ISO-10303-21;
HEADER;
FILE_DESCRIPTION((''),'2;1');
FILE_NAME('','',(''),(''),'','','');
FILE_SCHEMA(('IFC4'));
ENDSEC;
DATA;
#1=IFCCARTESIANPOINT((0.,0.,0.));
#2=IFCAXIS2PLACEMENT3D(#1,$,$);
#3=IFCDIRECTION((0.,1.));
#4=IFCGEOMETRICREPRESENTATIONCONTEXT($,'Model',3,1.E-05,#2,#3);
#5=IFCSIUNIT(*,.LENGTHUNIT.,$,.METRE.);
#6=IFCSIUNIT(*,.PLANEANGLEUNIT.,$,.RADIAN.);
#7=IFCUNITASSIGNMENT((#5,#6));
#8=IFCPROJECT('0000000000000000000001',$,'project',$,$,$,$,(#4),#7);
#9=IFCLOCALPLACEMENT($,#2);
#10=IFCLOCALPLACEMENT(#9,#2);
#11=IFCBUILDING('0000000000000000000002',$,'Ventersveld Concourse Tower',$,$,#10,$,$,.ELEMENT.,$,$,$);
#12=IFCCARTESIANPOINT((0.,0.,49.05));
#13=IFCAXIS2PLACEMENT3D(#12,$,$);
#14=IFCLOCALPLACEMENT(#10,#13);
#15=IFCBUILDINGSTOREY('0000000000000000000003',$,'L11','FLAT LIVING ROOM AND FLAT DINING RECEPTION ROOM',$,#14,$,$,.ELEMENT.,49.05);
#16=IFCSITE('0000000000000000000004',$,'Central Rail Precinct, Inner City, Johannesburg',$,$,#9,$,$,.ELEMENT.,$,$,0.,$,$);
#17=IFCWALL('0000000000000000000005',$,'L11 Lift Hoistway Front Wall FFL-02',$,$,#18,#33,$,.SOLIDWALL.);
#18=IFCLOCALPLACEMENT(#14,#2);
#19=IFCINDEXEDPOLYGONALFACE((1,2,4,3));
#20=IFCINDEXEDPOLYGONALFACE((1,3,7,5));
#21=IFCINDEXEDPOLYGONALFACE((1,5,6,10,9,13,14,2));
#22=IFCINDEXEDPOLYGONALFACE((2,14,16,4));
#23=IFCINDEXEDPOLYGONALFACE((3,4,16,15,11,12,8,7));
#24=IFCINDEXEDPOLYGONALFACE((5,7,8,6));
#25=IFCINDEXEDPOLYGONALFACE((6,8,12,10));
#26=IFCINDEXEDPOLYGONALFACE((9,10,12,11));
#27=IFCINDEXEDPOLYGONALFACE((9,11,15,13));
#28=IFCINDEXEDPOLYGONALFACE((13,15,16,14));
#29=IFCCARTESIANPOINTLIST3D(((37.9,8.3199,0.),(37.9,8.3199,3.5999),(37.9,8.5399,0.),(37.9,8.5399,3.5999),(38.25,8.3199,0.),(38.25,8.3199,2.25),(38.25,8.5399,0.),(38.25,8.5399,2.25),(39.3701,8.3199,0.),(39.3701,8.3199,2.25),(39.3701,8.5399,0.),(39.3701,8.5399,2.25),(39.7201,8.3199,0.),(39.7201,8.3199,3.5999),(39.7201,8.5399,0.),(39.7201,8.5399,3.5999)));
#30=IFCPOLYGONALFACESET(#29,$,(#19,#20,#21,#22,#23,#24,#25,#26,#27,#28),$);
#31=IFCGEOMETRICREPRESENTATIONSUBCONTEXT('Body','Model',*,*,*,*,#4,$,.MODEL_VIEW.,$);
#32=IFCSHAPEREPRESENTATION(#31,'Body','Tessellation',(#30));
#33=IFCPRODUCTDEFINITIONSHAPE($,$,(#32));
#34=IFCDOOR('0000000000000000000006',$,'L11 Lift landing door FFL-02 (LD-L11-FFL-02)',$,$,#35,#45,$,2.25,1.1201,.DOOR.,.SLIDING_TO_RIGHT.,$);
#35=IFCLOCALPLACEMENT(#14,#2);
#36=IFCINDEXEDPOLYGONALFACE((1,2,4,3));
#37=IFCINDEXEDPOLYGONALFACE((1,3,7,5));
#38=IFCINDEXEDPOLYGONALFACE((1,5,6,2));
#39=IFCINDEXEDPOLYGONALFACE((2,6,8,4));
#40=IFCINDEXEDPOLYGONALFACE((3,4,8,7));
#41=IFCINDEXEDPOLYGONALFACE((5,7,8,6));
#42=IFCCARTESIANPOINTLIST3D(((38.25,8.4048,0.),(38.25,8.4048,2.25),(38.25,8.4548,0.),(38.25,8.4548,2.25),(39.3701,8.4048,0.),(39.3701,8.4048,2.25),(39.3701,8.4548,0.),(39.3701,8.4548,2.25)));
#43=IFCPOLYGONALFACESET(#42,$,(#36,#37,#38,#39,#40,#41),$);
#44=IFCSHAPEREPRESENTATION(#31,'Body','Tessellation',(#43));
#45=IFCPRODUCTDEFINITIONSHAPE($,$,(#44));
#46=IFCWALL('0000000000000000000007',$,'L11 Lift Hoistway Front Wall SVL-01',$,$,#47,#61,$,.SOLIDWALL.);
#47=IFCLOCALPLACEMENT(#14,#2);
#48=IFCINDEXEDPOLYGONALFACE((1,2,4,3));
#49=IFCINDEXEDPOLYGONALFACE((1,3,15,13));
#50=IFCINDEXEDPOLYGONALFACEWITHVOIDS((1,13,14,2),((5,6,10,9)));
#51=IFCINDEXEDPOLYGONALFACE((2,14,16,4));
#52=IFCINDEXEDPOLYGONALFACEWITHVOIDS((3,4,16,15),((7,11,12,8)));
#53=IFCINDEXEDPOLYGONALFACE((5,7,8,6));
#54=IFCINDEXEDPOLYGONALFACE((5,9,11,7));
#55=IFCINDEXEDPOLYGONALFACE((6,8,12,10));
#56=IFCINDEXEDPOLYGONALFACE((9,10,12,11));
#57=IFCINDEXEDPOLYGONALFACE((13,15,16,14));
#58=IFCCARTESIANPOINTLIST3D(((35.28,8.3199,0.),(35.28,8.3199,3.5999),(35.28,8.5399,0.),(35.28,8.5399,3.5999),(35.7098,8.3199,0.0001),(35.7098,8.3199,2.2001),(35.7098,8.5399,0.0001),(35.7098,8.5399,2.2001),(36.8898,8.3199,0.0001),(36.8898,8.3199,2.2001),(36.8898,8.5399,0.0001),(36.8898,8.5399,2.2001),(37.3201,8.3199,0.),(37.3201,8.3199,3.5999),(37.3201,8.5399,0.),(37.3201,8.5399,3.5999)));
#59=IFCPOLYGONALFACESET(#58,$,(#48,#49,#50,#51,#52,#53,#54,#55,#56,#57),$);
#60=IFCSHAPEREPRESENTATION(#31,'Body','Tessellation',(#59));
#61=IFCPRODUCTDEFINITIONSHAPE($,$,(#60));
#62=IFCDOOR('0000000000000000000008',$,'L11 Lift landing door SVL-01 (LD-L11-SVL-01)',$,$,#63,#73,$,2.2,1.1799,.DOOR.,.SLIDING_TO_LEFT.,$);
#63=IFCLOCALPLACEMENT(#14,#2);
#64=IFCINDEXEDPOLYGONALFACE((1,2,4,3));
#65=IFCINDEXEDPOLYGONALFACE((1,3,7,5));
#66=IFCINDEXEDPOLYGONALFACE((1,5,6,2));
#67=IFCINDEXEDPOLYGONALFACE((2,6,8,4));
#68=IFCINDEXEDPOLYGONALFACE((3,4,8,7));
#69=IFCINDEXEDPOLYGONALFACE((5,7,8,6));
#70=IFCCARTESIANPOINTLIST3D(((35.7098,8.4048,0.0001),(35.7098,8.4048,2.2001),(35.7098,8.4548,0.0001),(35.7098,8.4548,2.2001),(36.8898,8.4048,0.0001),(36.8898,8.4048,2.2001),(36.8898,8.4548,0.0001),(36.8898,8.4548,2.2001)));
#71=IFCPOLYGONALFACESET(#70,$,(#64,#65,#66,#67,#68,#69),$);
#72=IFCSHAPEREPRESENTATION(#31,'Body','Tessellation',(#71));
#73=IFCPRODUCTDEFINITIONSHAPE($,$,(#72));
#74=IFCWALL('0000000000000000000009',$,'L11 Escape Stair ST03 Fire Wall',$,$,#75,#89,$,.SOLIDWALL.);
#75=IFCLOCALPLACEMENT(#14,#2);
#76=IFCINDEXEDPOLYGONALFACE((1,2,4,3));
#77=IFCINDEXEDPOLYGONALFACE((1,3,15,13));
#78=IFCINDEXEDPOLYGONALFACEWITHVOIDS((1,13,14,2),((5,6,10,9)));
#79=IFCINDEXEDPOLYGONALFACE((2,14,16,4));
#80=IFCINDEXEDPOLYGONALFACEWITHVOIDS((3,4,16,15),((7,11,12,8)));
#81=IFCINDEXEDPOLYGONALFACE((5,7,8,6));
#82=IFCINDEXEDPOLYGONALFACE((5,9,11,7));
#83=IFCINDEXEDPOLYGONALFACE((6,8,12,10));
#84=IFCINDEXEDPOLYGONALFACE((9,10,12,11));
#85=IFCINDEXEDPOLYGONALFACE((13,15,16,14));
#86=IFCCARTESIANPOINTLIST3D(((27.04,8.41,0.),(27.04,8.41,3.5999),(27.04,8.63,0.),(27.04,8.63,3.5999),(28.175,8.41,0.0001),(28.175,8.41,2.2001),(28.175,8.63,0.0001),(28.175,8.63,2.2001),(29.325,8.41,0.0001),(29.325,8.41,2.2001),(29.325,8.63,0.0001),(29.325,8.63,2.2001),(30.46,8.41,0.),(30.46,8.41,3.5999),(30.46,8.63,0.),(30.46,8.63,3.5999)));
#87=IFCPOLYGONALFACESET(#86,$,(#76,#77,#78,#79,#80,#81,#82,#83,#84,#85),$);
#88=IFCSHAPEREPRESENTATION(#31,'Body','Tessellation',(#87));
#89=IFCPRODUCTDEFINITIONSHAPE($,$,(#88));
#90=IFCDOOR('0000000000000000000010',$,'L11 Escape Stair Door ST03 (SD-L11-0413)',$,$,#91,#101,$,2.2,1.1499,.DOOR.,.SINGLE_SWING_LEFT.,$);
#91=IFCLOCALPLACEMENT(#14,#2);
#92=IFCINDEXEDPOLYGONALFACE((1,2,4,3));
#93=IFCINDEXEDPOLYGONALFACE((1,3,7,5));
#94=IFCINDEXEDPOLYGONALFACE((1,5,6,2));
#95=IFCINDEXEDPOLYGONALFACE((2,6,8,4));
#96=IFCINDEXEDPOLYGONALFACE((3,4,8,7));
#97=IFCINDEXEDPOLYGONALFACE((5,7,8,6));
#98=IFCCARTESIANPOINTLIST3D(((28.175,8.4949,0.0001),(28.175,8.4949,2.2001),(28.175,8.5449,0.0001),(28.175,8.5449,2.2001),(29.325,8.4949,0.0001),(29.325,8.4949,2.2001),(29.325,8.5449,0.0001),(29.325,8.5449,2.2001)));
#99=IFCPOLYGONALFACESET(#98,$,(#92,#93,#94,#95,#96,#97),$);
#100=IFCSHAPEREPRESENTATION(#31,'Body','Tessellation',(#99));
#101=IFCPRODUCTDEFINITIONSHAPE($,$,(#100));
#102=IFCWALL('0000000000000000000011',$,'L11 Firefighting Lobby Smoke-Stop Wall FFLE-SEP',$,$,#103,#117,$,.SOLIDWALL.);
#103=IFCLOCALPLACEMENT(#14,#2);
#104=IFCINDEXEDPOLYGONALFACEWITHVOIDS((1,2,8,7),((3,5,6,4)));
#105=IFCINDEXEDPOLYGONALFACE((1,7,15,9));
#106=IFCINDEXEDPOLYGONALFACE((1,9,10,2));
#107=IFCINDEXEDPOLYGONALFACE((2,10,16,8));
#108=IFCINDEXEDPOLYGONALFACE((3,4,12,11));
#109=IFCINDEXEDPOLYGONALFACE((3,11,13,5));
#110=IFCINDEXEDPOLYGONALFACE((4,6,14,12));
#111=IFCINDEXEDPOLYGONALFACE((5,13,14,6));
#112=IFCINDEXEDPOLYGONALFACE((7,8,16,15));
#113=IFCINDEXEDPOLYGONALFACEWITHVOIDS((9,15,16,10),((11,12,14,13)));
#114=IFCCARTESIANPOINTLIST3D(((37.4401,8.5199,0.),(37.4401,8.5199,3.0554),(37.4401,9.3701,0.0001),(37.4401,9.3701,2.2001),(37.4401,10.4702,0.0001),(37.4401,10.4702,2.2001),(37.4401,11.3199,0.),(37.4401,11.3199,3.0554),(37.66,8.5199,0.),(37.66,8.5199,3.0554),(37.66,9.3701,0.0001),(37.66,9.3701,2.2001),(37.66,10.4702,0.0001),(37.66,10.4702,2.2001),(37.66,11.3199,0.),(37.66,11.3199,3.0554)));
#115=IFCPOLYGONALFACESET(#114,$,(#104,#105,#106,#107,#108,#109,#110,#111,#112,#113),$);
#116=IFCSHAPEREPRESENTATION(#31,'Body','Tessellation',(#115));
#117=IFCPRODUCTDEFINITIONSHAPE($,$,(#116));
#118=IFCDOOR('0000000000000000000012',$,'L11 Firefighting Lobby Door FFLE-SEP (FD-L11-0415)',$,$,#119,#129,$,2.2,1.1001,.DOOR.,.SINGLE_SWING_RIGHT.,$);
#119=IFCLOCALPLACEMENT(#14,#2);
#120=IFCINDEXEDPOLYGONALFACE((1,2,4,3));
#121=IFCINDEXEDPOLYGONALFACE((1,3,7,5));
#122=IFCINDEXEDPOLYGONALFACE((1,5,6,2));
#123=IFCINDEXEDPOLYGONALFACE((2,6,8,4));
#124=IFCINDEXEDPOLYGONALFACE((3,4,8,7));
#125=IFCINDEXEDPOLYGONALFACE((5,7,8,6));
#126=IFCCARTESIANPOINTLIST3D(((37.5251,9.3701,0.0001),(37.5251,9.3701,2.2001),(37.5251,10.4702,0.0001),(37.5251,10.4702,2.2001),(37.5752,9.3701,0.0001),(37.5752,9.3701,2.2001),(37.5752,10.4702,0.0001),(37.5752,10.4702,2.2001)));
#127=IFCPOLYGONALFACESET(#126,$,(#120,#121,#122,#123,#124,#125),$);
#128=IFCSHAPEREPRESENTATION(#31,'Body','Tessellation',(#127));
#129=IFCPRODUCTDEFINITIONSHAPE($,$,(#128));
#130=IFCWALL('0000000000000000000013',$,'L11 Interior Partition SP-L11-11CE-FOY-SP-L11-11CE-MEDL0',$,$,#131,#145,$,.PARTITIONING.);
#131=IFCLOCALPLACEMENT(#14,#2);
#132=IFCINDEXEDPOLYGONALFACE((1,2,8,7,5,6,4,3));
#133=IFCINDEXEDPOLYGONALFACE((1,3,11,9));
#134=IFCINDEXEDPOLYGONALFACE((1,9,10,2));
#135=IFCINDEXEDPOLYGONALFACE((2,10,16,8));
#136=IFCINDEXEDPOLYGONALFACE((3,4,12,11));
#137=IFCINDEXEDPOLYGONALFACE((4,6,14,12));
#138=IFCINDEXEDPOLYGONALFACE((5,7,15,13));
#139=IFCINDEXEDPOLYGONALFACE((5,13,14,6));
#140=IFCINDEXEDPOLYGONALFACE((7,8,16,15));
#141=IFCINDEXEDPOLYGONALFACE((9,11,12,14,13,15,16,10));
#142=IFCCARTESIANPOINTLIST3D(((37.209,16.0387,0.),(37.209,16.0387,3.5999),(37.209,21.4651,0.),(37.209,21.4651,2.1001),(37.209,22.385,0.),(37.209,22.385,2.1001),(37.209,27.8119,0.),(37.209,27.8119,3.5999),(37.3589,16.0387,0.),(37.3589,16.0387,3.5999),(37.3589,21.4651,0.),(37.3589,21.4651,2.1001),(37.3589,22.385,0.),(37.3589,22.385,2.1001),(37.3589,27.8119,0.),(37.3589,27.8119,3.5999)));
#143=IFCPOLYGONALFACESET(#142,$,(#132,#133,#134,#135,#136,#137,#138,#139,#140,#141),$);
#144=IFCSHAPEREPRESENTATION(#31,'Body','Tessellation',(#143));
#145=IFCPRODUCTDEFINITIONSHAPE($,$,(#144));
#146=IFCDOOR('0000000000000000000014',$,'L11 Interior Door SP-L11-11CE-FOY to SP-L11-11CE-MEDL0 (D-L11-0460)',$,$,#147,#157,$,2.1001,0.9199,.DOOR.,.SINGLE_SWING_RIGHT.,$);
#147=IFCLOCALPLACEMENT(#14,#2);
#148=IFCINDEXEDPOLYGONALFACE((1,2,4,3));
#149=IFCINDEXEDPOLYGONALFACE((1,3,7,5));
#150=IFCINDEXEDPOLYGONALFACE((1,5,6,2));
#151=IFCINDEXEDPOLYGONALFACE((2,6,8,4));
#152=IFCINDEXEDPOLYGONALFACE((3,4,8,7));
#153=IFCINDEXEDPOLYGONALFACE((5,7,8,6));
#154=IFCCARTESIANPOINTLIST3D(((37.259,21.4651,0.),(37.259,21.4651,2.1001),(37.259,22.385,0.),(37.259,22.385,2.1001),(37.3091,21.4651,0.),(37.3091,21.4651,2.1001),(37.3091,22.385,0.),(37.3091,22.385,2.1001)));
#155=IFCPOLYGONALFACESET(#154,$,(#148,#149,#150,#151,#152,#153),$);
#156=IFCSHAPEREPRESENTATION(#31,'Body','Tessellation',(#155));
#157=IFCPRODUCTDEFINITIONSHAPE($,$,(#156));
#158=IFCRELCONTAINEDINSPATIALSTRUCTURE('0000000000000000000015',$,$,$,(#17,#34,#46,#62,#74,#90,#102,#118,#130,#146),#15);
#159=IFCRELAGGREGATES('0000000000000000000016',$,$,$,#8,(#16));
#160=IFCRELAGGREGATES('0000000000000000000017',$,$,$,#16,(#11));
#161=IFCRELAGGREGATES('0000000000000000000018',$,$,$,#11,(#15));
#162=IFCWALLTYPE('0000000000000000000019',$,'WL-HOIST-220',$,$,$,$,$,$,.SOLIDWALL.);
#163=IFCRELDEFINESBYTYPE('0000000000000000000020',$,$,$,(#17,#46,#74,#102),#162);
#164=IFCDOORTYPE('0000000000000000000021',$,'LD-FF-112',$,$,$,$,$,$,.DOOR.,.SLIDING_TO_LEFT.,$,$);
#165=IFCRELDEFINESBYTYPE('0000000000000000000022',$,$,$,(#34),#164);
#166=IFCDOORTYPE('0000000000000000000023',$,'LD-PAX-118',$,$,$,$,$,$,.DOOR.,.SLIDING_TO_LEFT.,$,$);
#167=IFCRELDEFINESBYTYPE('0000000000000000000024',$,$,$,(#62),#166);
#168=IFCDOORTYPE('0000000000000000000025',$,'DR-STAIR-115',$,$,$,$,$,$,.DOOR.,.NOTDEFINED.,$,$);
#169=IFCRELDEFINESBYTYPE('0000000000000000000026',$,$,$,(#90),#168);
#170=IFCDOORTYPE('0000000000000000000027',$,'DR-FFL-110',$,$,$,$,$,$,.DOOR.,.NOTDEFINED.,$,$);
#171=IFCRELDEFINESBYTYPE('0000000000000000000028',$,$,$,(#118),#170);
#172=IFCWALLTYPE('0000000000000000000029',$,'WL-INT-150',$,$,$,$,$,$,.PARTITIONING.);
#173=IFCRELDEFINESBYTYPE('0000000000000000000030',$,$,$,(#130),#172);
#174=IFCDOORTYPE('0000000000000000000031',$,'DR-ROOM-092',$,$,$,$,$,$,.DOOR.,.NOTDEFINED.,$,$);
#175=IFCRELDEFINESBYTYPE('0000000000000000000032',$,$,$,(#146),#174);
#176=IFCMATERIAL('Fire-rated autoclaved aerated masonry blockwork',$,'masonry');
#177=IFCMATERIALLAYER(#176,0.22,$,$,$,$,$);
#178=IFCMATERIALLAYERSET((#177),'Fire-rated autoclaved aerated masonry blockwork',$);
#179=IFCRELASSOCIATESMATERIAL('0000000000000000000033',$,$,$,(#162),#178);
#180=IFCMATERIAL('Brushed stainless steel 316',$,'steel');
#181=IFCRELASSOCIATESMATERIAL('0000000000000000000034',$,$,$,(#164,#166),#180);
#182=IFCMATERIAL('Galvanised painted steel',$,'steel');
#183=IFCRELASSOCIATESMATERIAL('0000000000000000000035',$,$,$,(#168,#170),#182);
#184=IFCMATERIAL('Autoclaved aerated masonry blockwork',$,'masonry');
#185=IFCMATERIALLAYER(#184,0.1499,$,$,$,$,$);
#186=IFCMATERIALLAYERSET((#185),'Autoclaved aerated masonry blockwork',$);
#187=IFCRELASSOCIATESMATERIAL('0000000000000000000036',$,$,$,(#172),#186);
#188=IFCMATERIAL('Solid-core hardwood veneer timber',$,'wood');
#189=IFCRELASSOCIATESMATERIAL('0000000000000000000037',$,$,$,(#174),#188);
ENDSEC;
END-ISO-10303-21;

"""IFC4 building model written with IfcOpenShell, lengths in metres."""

from ifc_helpers import new_model, si_unit, direction, frame, frame_2d, origin, place, context, subcontext, project, spatial, rectangle, extrude, material, layer, layer_set, type_object, element, fill, save


model = new_model("IFC4")

# Units and contexts
model_context = context("Model", 3, precision=1e-05, world=origin(), true_north=direction((0.0, 1.0)))
body_context = subcontext(model_context, "Body", "Model", "MODEL_VIEW")
ifc_project = project(units=[si_unit("LENGTHUNIT", "METRE"), si_unit("PLANEANGLEUNIT", "RADIAN")], contexts=[model_context])

# Site, building, storey
site_placement = place(None, origin())
site = spatial("IfcSite", under=ifc_project, at=site_placement, Name="Central Rail Precinct, Inner City, Johannesburg", CompositionType="ELEMENT", RefElevation=0.0)
building_placement = place(site_placement, origin())
building = spatial("IfcBuilding", under=site, at=building_placement, Name="Ventersveld Concourse Tower", CompositionType="ELEMENT")
storey_placement = place(building_placement, frame((0.0, 0.0, 49.05)))
storey = spatial("IfcBuildingStorey", under=building, at=storey_placement, Name="L11", Description="FLAT LIVING ROOM AND FLAT DINING RECEPTION ROOM", CompositionType="ELEMENT", Elevation=49.05)

# Shared definitions
ifc_material_1 = material(Name="Fire-rated autoclaved aerated masonry blockwork", Category="masonry")
ifc_material_2 = material(Name="Solid-core hardwood veneer timber", Category="wood")

# Shared definitions
ifc_layer_1 = layer(ifc_material_1, 0.22)
ifc_layer_set_1 = layer_set([ifc_layer_1], Name="Fire-rated autoclaved aerated masonry blockwork")
wall_type_1 = type_object("IfcWallType", Name="WL-HOIST-220", PredefinedType="SOLIDWALL", material=ifc_layer_set_1)

# Walls, openings, doors
wall_1_placement = place(storey_placement, frame((37.8999, 8.4299, 0.0), z_axis=(0.0, 0.0, 1.0), x_axis=(1.0, 0.0, 0.0)))
wall_1 = element("IfcWall", 1, at=wall_1_placement, inside=storey, type_object=wall_type_1, Name="L11 Lift Hoistway Front Wall FFL-02", PredefinedType="SOLIDWALL", context=body_context, shape_type="SweptSolid", body=[
    extrude(rectangle(XDim=1.8201, YDim=0.22, at=frame_2d((0.9102, 0.0))), origin(), (0.0, 0.0, 1.0), 3.5999),
])
opening_1_placement = place(wall_1_placement, frame((0.3501, 0.0, 0.0)))
opening_1 = element("IfcOpeningElement", 2, at=opening_1_placement, cuts=wall_1, PredefinedType="OPENING", context=body_context, shape_type="SweptSolid", body=[
    extrude(rectangle(XDim=1.1201, YDim=2.25, at=frame_2d((0.5601, 1.125))), frame((0.0, 0.1201, 0.0), z_axis=(0.0, -1.0, 0.0), x_axis=(1.0, 0.0, 0.0)), (0.0, 0.0, 1.0), 0.24),
])
ifc_material_3 = material(Name="Brushed stainless steel 316", Category="steel")
door_type_1 = type_object("IfcDoorType", Name="LD-FF-112", OperationType="SLIDING_TO_LEFT", PredefinedType="DOOR", material=ifc_material_3)
door_1_placement = place(opening_1_placement, origin())
door_1 = element("IfcDoor", 3, at=door_1_placement, inside=storey, type_object=door_type_1, Name="L11 Lift landing door FFL-02 (LD-L11-FFL-02)", OperationType="SLIDING_TO_RIGHT", OverallHeight=2.25, OverallWidth=1.1201, PredefinedType="DOOR", context=body_context, shape_type="SweptSolid", body=[
    extrude(rectangle(XDim=1.1201, YDim=2.25, at=frame_2d((0.5601, 1.125))), frame((0.0, 0.0249, 0.0), z_axis=(0.0, -1.0, 0.0), x_axis=(1.0, 0.0, 0.0)), (0.0, 0.0, 1.0), 0.05),
])
fill(opening_1, door_1)
wall_2_placement = place(storey_placement, frame((35.28, 8.4299, 0.0), z_axis=(0.0, 0.0, 1.0), x_axis=(1.0, 0.0, 0.0)))
wall_2 = element("IfcWall", 4, at=wall_2_placement, inside=storey, type_object=wall_type_1, Name="L11 Lift Hoistway Front Wall SVL-01", PredefinedType="SOLIDWALL", context=body_context, shape_type="SweptSolid", body=[
    extrude(rectangle(XDim=2.04, YDim=0.22, at=frame_2d((1.02, 0.0))), origin(), (0.0, 0.0, 1.0), 3.5999),
])
opening_2_placement = place(wall_2_placement, frame((0.4299, 0.0, 0.0)))
opening_2 = element("IfcOpeningElement", 5, at=opening_2_placement, cuts=wall_2, PredefinedType="OPENING", context=body_context, shape_type="SweptSolid", body=[
    extrude(rectangle(XDim=1.1799, YDim=2.2, at=frame_2d((0.5898, 1.1001))), frame((0.0, 0.1201, 0.0), z_axis=(0.0, -1.0, 0.0), x_axis=(1.0, 0.0, 0.0)), (0.0, 0.0, 1.0), 0.24),
])
door_type_2 = type_object("IfcDoorType", Name="LD-PAX-118", OperationType="SLIDING_TO_LEFT", PredefinedType="DOOR", material=ifc_material_3)
door_2_placement = place(opening_2_placement, origin())
door_2 = element("IfcDoor", 6, at=door_2_placement, inside=storey, type_object=door_type_2, Name="L11 Lift landing door SVL-01 (LD-L11-SVL-01)", OperationType="SLIDING_TO_LEFT", OverallHeight=2.2, OverallWidth=1.1799, PredefinedType="DOOR", context=body_context, shape_type="SweptSolid", body=[
    extrude(rectangle(XDim=1.1799, YDim=2.2, at=frame_2d((0.5898, 1.1001))), frame((0.0, 0.0249, 0.0), z_axis=(0.0, -1.0, 0.0), x_axis=(1.0, 0.0, 0.0)), (0.0, 0.0, 1.0), 0.05),
])
fill(opening_2, door_2)
wall_3_placement = place(storey_placement, frame((27.04, 8.52, 0.0), z_axis=(0.0, 0.0, 1.0), x_axis=(1.0, 0.0, 0.0)))
wall_3 = element("IfcWall", 7, at=wall_3_placement, inside=storey, type_object=wall_type_1, Name="L11 Escape Stair ST03 Fire Wall", PredefinedType="SOLIDWALL", context=body_context, shape_type="SweptSolid", body=[
    extrude(rectangle(XDim=3.4199, YDim=0.22, at=frame_2d((1.71, 0.0))), origin(), (0.0, 0.0, 1.0), 3.5999),
])
opening_3_placement = place(wall_3_placement, frame((1.135, 0.0, 0.0)))
opening_3 = element("IfcOpeningElement", 8, at=opening_3_placement, cuts=wall_3, PredefinedType="OPENING", context=body_context, shape_type="SweptSolid", body=[
    extrude(rectangle(XDim=1.1499, YDim=2.2, at=frame_2d((0.575, 1.1001))), frame((0.0, 0.1201, 0.0), z_axis=(0.0, -1.0, 0.0), x_axis=(1.0, 0.0, 0.0)), (0.0, 0.0, 1.0), 0.24),
])
ifc_material_4 = material(Name="Galvanised painted steel", Category="steel")
door_type_3 = type_object("IfcDoorType", Name="DR-STAIR-115", OperationType="NOTDEFINED", PredefinedType="DOOR", material=ifc_material_4)
door_3_placement = place(opening_3_placement, origin())
door_3 = element("IfcDoor", 9, at=door_3_placement, inside=storey, type_object=door_type_3, Name="L11 Escape Stair Door ST03 (SD-L11-0413)", OperationType="SINGLE_SWING_LEFT", OverallHeight=2.2, OverallWidth=1.1499, PredefinedType="DOOR", context=body_context, shape_type="SweptSolid", body=[
    extrude(rectangle(XDim=1.1499, YDim=2.2, at=frame_2d((0.575, 1.1001))), frame((0.0, 0.0249, 0.0), z_axis=(0.0, -1.0, 0.0), x_axis=(1.0, 0.0, 0.0)), (0.0, 0.0, 1.0), 0.05),
])
fill(opening_3, door_3)
wall_4_placement = place(storey_placement, frame((37.55, 8.52, 0.0), z_axis=(0.0, 0.0, 1.0), x_axis=(0.0, 1.0, 0.0)))
wall_4 = element("IfcWall", 10, at=wall_4_placement, inside=storey, type_object=wall_type_1, Name="L11 Firefighting Lobby Smoke-Stop Wall FFLE-SEP", PredefinedType="SOLIDWALL", context=body_context, shape_type="SweptSolid", body=[
    extrude(rectangle(XDim=2.8, YDim=0.22, at=frame_2d((1.3999, 0.0))), origin(), (0.0, 0.0, 1.0), 3.0554),
])
opening_4_placement = place(wall_4_placement, frame((0.8501, 0.0, 0.0)))
opening_4 = element("IfcOpeningElement", 11, at=opening_4_placement, cuts=wall_4, PredefinedType="OPENING", context=body_context, shape_type="SweptSolid", body=[
    extrude(rectangle(XDim=1.1001, YDim=2.2, at=frame_2d((0.55, 1.1001))), frame((0.0, 0.1201, 0.0), z_axis=(0.0, -1.0, 0.0), x_axis=(1.0, 0.0, 0.0)), (0.0, 0.0, 1.0), 0.24),
])
door_type_4 = type_object("IfcDoorType", Name="DR-FFL-110", OperationType="NOTDEFINED", PredefinedType="DOOR", material=ifc_material_4)
door_4_placement = place(opening_4_placement, origin())
door_4 = element("IfcDoor", 12, at=door_4_placement, inside=storey, type_object=door_type_4, Name="L11 Firefighting Lobby Door FFLE-SEP (FD-L11-0415)", OperationType="SINGLE_SWING_RIGHT", OverallHeight=2.2, OverallWidth=1.1001, PredefinedType="DOOR", context=body_context, shape_type="SweptSolid", body=[
    extrude(rectangle(XDim=1.1001, YDim=2.2, at=frame_2d((0.55, 1.1001))), frame((0.0, 0.0249, 0.0), z_axis=(0.0, -1.0, 0.0), x_axis=(1.0, 0.0, 0.0)), (0.0, 0.0, 1.0), 0.05),
])
fill(opening_4, door_4)
ifc_material_5 = material(Name="Autoclaved aerated masonry blockwork", Category="masonry")
ifc_layer_2 = layer(ifc_material_5, 0.1499)
ifc_layer_set_2 = layer_set([ifc_layer_2], Name="Autoclaved aerated masonry blockwork")
wall_type_2 = type_object("IfcWallType", Name="WL-INT-150", PredefinedType="PARTITIONING", material=ifc_layer_set_2)
wall_5_placement = place(storey_placement, frame((37.2839, 16.0386, 0.0), z_axis=(0.0, 0.0, 1.0), x_axis=(0.0, 1.0, 0.0)))
wall_5 = element("IfcWall", 13, at=wall_5_placement, inside=storey, type_object=wall_type_2, Name="L11 Interior Partition SP-L11-11CE-FOY-SP-L11-11CE-MEDL0", PredefinedType="PARTITIONING", context=body_context, shape_type="SweptSolid", body=[
    extrude(rectangle(XDim=11.7732, YDim=0.1499, at=frame_2d((5.8867, 0.0))), origin(), (0.0, 0.0, 1.0), 3.5999),
])
opening_5_placement = place(wall_5_placement, frame((5.4265, 0.0, 0.0)))
opening_5 = element("IfcOpeningElement", 14, at=opening_5_placement, cuts=wall_5, PredefinedType="OPENING", context=body_context, shape_type="SweptSolid", body=[
    extrude(rectangle(XDim=0.9199, YDim=2.1001, at=frame_2d((0.46, 1.05))), frame((0.0, 0.085, 0.0), z_axis=(0.0, -1.0, 0.0), x_axis=(1.0, 0.0, 0.0)), (0.0, 0.0, 1.0), 0.1699),
])
door_type_5 = type_object("IfcDoorType", Name="DR-ROOM-092", OperationType="NOTDEFINED", PredefinedType="DOOR", material=ifc_material_2)
door_5_placement = place(opening_5_placement, origin())
door_5 = element("IfcDoor", 15, at=door_5_placement, inside=storey, type_object=door_type_5, Name="L11 Interior Door SP-L11-11CE-FOY to SP-L11-11CE-MEDL0 (D-L11-0460)", OperationType="SINGLE_SWING_RIGHT", OverallHeight=2.1001, OverallWidth=0.9199, PredefinedType="DOOR", context=body_context, shape_type="SweptSolid", body=[
    extrude(rectangle(XDim=0.9199, YDim=2.1001, at=frame_2d((0.46, 1.05))), frame((0.0, 0.0249, 0.0), z_axis=(0.0, -1.0, 0.0), x_axis=(1.0, 0.0, 0.0)), (0.0, 0.0, 1.0), 0.05),
])
fill(opening_5, door_5)

save(model, "model.ifc")
